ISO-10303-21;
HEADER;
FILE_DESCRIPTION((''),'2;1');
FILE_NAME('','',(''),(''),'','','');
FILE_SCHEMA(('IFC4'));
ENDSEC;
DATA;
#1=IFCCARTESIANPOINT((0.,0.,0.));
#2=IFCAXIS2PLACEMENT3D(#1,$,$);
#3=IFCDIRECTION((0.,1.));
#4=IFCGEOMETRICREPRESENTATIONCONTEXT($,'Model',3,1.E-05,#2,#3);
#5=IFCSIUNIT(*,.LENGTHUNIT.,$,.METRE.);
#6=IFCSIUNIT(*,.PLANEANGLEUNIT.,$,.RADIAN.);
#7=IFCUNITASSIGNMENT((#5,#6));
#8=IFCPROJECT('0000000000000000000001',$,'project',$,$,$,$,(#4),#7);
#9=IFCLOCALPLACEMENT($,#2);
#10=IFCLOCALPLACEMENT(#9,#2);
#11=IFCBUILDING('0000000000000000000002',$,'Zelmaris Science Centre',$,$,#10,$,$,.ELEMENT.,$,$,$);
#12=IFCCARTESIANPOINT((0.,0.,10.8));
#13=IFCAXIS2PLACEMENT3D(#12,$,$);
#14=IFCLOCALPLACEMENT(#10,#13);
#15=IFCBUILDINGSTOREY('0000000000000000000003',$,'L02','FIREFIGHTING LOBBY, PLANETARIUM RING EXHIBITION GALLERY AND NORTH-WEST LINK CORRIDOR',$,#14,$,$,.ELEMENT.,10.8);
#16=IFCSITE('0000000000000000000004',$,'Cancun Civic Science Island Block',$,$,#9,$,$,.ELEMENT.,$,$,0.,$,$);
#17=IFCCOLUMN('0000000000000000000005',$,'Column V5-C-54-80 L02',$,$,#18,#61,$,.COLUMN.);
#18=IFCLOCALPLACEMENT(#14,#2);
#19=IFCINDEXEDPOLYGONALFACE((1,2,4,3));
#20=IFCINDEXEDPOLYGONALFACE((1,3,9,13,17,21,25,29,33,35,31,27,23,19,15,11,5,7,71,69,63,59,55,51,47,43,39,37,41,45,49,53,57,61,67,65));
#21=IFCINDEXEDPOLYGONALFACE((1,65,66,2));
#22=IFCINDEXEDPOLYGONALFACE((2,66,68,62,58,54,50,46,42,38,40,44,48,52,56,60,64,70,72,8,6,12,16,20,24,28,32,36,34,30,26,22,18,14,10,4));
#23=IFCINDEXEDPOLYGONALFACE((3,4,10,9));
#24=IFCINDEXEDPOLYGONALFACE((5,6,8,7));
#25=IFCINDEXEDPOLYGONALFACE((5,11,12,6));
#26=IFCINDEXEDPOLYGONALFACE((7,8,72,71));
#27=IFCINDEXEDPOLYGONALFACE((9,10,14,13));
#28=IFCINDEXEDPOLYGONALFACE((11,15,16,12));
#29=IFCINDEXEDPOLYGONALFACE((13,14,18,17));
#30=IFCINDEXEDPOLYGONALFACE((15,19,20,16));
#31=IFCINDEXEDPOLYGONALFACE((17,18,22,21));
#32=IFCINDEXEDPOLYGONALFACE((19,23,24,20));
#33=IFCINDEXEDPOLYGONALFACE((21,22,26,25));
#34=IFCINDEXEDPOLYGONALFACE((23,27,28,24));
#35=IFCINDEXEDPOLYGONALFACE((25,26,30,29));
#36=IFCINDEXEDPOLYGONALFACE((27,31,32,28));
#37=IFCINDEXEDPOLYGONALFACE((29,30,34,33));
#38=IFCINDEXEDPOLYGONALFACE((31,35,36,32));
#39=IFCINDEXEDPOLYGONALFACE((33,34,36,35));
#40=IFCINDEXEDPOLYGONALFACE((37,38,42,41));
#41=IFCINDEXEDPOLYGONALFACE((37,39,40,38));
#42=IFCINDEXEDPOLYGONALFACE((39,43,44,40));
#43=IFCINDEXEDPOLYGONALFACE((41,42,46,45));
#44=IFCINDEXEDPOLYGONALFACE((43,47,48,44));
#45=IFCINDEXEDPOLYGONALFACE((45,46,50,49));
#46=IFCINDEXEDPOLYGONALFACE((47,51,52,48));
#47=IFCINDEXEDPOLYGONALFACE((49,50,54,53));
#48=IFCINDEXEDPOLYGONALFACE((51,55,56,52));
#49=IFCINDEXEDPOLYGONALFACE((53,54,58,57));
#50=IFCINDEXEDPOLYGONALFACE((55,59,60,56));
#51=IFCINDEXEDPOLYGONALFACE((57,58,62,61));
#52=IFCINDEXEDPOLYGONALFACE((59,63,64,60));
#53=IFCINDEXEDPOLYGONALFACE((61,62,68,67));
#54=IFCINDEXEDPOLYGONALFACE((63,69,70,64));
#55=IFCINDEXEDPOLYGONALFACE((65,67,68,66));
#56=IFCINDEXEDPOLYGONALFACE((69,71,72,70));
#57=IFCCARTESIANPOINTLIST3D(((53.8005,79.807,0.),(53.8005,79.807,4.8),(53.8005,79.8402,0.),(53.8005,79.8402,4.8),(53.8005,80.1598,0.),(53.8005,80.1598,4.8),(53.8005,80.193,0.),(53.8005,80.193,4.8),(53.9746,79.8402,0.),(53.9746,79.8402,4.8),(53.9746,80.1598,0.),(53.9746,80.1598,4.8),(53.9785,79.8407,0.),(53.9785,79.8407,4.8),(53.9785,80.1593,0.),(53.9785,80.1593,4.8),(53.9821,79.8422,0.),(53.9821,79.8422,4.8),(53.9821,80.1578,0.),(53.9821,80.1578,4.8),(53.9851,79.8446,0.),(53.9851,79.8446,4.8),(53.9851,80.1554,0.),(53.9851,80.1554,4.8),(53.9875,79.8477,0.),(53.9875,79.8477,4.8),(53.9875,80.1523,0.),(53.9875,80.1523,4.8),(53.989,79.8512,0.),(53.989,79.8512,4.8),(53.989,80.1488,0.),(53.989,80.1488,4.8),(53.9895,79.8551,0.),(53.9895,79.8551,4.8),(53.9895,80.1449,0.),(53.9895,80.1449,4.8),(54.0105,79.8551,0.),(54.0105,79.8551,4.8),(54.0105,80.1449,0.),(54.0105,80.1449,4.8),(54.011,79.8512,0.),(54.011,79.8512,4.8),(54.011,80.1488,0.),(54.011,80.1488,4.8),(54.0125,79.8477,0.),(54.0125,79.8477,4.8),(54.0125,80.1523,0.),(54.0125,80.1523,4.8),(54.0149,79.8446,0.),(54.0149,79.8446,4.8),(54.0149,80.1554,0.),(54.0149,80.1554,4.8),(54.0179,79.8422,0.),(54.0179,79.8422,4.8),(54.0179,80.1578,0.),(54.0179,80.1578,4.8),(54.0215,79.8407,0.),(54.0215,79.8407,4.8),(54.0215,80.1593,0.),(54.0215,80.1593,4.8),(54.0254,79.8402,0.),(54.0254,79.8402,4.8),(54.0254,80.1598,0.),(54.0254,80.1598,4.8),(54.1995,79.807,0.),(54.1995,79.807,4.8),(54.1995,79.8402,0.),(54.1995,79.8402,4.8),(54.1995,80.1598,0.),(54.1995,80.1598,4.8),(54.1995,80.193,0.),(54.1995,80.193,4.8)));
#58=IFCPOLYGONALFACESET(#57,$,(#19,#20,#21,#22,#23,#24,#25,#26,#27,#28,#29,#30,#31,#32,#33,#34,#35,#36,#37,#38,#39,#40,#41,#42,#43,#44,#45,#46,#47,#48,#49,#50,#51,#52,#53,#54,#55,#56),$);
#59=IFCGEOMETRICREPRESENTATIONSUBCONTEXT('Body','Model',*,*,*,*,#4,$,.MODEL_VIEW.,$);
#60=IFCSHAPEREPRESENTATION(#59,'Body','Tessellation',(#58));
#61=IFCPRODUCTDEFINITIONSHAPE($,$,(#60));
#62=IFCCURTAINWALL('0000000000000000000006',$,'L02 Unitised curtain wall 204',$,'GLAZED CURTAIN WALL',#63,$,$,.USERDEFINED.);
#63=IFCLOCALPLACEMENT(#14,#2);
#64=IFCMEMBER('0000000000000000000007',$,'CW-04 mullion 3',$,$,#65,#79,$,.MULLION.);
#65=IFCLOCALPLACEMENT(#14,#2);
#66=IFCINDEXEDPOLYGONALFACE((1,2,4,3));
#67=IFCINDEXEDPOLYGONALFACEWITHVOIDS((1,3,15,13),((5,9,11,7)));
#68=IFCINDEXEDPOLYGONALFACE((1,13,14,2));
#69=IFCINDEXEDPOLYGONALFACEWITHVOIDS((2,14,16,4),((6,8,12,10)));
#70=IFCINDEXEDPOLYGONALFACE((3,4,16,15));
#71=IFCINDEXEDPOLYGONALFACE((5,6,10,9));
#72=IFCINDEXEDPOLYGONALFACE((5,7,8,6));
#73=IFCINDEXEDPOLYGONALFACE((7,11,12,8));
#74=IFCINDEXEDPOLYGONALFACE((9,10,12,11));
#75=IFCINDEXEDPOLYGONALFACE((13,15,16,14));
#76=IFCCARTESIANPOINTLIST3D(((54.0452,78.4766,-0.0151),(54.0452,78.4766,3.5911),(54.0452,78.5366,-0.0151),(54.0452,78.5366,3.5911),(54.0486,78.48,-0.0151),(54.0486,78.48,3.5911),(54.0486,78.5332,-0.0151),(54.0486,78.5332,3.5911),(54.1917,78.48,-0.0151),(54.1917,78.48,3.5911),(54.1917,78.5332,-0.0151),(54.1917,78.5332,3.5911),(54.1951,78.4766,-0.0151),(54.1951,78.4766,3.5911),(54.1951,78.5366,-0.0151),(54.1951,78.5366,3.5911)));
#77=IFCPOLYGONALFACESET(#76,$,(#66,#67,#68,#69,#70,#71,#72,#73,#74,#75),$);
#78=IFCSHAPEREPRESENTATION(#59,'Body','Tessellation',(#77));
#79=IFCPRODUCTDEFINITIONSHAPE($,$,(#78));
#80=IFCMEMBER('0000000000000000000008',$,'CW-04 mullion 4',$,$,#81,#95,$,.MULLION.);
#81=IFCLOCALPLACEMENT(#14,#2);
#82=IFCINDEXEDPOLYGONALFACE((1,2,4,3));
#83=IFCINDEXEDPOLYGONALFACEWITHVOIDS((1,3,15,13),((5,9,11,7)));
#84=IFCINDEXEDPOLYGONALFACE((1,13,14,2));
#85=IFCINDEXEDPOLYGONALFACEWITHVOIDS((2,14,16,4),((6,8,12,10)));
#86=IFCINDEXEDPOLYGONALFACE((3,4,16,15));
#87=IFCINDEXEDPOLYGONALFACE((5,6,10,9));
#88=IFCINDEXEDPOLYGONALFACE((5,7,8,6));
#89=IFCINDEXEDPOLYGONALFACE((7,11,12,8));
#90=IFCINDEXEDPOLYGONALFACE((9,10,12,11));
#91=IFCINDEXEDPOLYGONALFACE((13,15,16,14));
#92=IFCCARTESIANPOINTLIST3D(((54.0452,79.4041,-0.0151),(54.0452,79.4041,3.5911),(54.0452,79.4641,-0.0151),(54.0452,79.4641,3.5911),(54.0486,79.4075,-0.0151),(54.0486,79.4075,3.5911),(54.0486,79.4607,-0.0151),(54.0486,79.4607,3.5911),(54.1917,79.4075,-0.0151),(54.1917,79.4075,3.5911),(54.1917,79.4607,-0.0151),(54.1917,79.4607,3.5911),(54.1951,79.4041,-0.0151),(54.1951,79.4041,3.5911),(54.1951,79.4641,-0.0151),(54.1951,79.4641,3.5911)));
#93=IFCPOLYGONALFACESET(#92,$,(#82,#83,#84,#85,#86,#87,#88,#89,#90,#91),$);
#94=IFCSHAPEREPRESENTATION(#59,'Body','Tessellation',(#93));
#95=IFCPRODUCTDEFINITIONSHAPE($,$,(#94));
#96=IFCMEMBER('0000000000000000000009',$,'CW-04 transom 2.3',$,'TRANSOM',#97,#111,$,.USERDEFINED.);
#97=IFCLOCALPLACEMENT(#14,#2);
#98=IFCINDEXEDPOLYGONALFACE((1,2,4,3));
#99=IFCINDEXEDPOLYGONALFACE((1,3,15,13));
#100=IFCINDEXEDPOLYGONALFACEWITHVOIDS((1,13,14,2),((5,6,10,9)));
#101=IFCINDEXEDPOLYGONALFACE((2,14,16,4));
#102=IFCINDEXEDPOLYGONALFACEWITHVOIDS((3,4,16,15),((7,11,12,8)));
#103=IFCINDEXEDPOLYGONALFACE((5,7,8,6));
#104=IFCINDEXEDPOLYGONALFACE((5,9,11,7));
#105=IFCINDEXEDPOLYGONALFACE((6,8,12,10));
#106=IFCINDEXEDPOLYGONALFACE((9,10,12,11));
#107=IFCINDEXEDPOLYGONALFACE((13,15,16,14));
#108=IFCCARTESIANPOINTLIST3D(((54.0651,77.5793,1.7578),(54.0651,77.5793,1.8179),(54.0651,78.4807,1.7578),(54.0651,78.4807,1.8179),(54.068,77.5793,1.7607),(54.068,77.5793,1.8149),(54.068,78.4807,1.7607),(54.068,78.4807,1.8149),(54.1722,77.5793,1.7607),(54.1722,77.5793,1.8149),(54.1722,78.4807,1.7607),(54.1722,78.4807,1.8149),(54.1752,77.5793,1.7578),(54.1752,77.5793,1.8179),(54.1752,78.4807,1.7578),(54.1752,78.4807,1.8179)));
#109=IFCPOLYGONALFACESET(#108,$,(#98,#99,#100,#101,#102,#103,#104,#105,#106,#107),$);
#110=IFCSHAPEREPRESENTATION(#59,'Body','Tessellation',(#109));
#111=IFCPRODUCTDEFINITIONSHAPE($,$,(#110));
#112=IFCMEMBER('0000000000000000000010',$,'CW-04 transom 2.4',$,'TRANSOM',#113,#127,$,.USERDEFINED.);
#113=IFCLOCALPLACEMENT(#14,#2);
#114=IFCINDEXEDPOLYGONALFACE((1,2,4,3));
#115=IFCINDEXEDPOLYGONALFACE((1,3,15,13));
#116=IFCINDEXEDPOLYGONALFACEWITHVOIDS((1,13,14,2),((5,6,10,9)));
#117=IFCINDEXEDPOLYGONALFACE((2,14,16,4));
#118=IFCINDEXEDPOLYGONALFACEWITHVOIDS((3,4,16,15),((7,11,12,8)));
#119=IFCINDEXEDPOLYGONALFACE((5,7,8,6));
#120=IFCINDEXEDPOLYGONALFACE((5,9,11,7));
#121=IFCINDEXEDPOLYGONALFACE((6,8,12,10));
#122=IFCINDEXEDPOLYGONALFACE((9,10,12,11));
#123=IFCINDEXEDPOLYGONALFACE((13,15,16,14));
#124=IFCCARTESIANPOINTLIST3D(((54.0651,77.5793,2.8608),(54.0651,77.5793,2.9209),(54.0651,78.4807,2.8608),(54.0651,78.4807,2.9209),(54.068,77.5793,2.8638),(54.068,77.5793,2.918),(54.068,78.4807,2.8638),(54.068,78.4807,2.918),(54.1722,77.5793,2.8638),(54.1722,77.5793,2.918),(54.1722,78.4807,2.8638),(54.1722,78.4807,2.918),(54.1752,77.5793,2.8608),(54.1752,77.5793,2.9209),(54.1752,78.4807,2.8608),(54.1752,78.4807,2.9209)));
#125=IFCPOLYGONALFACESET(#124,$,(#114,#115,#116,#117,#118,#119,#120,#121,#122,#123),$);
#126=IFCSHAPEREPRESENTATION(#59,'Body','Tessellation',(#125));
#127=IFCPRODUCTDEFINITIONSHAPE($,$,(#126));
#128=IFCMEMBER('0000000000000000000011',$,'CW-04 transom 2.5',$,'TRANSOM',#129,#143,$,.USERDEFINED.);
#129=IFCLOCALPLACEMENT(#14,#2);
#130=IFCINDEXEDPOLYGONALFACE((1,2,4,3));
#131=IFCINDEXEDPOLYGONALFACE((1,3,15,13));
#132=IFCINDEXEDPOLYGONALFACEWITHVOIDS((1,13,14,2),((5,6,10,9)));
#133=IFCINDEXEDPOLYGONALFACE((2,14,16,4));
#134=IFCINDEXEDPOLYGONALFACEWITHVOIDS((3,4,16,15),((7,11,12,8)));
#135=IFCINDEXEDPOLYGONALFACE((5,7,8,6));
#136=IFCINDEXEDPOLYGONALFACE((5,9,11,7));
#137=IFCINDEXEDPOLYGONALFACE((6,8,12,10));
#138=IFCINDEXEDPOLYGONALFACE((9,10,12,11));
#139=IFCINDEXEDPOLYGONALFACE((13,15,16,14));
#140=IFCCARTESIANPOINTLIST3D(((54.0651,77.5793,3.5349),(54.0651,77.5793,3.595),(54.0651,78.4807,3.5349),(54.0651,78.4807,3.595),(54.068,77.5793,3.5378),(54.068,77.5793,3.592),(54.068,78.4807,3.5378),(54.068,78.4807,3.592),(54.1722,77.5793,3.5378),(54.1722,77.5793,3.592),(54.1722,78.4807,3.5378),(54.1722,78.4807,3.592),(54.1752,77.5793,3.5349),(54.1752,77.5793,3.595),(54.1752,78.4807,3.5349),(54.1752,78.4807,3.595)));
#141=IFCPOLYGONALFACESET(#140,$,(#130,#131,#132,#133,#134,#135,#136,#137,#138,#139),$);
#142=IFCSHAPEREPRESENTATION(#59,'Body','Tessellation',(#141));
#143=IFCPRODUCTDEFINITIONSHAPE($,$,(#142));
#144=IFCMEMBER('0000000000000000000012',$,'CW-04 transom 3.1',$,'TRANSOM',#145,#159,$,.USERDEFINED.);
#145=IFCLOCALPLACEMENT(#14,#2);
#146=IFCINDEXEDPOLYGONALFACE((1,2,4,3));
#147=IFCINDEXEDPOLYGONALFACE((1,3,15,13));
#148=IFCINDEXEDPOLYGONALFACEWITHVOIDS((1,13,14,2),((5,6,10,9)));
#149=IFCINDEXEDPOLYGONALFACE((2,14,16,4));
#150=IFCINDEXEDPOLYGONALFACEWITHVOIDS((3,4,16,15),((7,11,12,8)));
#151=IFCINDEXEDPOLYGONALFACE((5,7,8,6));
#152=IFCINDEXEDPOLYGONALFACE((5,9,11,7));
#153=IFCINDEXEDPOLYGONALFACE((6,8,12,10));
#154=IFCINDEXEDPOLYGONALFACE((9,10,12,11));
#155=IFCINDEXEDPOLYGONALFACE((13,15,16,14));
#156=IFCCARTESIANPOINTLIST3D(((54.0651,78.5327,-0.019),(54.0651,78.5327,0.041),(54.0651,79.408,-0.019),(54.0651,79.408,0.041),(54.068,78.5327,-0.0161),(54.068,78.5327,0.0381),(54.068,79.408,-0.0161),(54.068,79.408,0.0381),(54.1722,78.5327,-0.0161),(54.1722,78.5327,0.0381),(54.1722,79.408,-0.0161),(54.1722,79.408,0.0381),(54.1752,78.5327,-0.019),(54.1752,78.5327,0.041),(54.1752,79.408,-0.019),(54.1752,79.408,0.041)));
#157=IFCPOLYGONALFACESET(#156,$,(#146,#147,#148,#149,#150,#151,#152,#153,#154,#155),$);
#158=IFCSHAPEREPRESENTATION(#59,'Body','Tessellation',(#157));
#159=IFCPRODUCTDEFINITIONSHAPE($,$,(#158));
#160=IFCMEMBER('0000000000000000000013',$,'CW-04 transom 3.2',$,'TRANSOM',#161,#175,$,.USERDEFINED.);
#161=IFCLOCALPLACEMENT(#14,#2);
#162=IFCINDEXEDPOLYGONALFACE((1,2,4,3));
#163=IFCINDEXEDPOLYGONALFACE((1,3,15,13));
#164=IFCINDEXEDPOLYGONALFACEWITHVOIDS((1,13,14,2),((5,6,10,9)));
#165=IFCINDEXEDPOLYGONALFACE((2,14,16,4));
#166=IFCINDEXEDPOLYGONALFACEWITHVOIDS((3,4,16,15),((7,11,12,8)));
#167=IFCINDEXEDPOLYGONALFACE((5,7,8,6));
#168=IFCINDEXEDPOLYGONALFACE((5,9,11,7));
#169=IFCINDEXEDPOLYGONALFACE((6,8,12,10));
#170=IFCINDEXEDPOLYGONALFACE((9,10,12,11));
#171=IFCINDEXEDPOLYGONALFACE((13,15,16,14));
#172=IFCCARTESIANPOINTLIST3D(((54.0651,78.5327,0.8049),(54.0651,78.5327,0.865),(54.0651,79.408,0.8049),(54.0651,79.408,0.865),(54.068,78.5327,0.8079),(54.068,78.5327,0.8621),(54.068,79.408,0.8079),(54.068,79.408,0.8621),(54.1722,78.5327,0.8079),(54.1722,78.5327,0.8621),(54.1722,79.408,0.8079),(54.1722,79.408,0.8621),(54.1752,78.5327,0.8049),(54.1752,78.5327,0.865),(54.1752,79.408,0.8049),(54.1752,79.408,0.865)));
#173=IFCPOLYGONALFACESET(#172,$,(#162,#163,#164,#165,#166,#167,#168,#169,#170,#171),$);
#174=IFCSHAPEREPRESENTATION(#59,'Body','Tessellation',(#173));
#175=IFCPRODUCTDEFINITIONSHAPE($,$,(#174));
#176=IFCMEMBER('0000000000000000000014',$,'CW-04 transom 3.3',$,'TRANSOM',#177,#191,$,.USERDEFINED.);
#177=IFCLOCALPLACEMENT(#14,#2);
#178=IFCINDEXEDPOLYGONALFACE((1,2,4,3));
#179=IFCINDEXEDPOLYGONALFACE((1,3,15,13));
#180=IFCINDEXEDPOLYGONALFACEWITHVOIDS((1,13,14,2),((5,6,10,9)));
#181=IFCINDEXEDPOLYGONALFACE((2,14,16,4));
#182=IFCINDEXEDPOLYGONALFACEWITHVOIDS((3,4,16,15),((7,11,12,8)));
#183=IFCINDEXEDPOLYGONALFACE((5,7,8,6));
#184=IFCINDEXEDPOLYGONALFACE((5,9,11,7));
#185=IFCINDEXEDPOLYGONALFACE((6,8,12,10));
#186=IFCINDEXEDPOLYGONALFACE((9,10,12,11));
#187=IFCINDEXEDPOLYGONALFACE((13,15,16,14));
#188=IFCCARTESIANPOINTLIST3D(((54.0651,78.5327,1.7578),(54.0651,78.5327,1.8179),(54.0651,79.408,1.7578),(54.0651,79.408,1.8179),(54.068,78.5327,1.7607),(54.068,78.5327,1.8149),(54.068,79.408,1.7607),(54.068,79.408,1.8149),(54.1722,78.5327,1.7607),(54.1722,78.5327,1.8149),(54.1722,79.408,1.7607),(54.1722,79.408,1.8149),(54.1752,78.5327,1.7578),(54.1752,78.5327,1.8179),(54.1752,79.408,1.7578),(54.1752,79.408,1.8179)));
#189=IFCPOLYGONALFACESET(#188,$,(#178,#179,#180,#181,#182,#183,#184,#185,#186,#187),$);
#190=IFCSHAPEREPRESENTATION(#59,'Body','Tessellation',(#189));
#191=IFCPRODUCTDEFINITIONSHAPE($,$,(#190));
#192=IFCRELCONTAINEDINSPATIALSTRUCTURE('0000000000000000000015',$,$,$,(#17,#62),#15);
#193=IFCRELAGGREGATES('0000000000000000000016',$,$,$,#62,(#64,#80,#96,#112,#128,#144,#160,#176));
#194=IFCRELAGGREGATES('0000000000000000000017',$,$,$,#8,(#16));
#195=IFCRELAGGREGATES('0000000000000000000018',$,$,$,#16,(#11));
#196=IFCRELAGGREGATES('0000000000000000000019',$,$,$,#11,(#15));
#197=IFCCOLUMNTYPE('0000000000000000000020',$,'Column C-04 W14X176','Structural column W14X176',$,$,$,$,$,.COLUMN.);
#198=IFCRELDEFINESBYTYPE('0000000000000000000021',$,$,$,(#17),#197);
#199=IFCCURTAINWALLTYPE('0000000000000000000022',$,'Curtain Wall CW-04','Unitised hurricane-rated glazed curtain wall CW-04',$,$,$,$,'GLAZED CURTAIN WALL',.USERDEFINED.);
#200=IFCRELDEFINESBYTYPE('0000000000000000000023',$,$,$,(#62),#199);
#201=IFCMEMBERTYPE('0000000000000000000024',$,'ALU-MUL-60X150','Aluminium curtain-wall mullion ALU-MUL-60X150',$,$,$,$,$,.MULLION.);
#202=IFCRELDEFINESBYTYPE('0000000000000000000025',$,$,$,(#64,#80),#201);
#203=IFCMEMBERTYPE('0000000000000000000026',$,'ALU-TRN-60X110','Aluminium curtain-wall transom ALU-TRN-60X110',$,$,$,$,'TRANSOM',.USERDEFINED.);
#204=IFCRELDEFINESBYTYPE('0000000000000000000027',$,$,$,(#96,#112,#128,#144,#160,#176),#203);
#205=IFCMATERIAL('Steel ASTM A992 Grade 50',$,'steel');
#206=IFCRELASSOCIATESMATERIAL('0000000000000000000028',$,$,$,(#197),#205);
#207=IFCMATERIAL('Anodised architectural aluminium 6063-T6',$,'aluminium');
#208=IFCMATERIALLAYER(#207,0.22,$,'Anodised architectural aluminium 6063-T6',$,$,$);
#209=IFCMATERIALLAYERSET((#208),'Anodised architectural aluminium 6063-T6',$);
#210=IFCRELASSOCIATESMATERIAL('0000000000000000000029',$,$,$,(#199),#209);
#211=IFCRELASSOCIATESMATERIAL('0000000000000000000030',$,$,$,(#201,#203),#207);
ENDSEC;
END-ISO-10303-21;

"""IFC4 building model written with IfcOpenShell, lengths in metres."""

from ifc_helpers import new_model, si_unit, direction, frame, origin, origin_2d, place, context, subcontext, project, spatial, hollow_rectangle, i_section, extrude, material, layer, layer_set, material_profile, profile_set, type_object, element, aggregate, save


model = new_model("IFC4")

# Units and contexts
model_context = context("Model", 3, precision=1e-05, world=origin(), true_north=direction((0.0, 1.0)))
body_context = subcontext(model_context, "Body", "Model", "MODEL_VIEW")
ifc_project = project(units=[si_unit("LENGTHUNIT", "METRE"), si_unit("PLANEANGLEUNIT", "RADIAN")], contexts=[model_context])

# Site, building, storey
site_placement = place(None, origin())
site = spatial("IfcSite", under=ifc_project, at=site_placement, Name="Cancun Civic Science Island Block", CompositionType="ELEMENT", RefElevation=0.0)
building_placement = place(site_placement, origin())
building = spatial("IfcBuilding", under=site, at=building_placement, Name="Zelmaris Science Centre", CompositionType="ELEMENT")
storey_placement = place(building_placement, frame((0.0, 0.0, 10.8)))
storey = spatial("IfcBuildingStorey", under=building, at=storey_placement, Name="L02", Description="FIREFIGHTING LOBBY, PLANETARIUM RING EXHIBITION GALLERY AND NORTH-WEST LINK CORRIDOR", CompositionType="ELEMENT", Elevation=10.8)

# Column
ifc_material_1 = material(Name="Steel ASTM A992 Grade 50", Category="steel")
ifc_material_profile_1 = material_profile(ifc_material_1, i_section(OverallWidth=0.3989, OverallDepth=0.386, WebThickness=0.021, FlangeThickness=0.0332, FilletRadius=0.0149, at=origin_2d()), Name="W14X176")
ifc_profile_set_1 = profile_set([ifc_material_profile_1], Name="Steel ASTM A992 Grade 50")
column_type = type_object("IfcColumnType", Name="Column C-04 W14X176", Description="Structural column W14X176", PredefinedType="COLUMN", material=ifc_profile_set_1)
column_placement = place(storey_placement, frame((54.0, 80.0, 0.0), z_axis=(0.0, 0.0, 1.0), x_axis=(1.0, 0.0, 0.0)))
element("IfcColumn", 1, at=column_placement, inside=storey, type_object=column_type, Name="Column V5-C-54-80 L02", PredefinedType="COLUMN", context=body_context, shape_type="SweptSolid", body=[
    extrude(i_section(OverallWidth=0.3989, OverallDepth=0.386, WebThickness=0.021, FlangeThickness=0.0332, FilletRadius=0.0149, at=origin_2d()), origin(), (0.0, 0.0, 1.0), 4.8),
])

# Curtain wall, members
ifc_material_2 = material(Name="Anodised architectural aluminium 6063-T6", Category="aluminium")
ifc_layer_1 = layer(ifc_material_2, 0.22, Name="Anodised architectural aluminium 6063-T6")
ifc_layer_set_1 = layer_set([ifc_layer_1], Name="Anodised architectural aluminium 6063-T6")
curtain_wall_type = type_object("IfcCurtainWallType", Name="Curtain Wall CW-04", Description="Unitised hurricane-rated glazed curtain wall CW-04", ElementType="GLAZED CURTAIN WALL", PredefinedType="USERDEFINED", material=ifc_layer_set_1)
curtain_wall_placement = place(storey_placement, origin())
curtain_wall = element("IfcCurtainWall", 2, at=curtain_wall_placement, inside=storey, type_object=curtain_wall_type, Name="L02 Unitised curtain wall 204", ObjectType="GLAZED CURTAIN WALL", PredefinedType="USERDEFINED")
ifc_material_profile_2 = material_profile(ifc_material_2, hollow_rectangle(XDim=0.0601, YDim=0.1499, WallThickness=0.0034, at=origin_2d()), Name="ALU-MUL-60X150")
ifc_profile_set_2 = profile_set([ifc_material_profile_2], Name="Anodised architectural aluminium 6063-T6")
member_type_1 = type_object("IfcMemberType", Name="ALU-MUL-60X150", Description="Aluminium curtain-wall mullion ALU-MUL-60X150", PredefinedType="MULLION", material=ifc_profile_set_2)
member_1_placement = place(storey_placement, frame((54.1201, 78.5066, -0.0151), z_axis=(0.0, 0.0, 1.0), x_axis=(0.000007, 1.0, 0.0)))
member_1 = element("IfcMember", 3, at=member_1_placement, type_object=member_type_1, Name="CW-04 mullion 3", PredefinedType="MULLION", context=body_context, shape_type="SweptSolid", body=[
    extrude(hollow_rectangle(XDim=0.0601, YDim=0.1499, WallThickness=0.0034, at=origin_2d()), origin(), (0.0, 0.0, 1.0), 3.6062),
])
member_2_placement = place(storey_placement, frame((54.1201, 79.4341, -0.0151), z_axis=(0.0, 0.0, 1.0), x_axis=(0.000007, 1.0, 0.0)))
member_2 = element("IfcMember", 4, at=member_2_placement, type_object=member_type_1, Name="CW-04 mullion 4", PredefinedType="MULLION", context=body_context, shape_type="SweptSolid", body=[
    extrude(hollow_rectangle(XDim=0.0601, YDim=0.1499, WallThickness=0.0034, at=origin_2d()), origin(), (0.0, 0.0, 1.0), 3.6062),
])
ifc_material_profile_3 = material_profile(ifc_material_2, hollow_rectangle(XDim=0.0601, YDim=0.1101, WallThickness=0.0029, at=origin_2d()), Name="ALU-TRN-60X110")
ifc_profile_set_3 = profile_set([ifc_material_profile_3], Name="Anodised architectural aluminium 6063-T6")
member_type_2 = type_object("IfcMemberType", Name="ALU-TRN-60X110", Description="Aluminium curtain-wall transom ALU-TRN-60X110", ElementType="TRANSOM", PredefinedType="USERDEFINED", material=ifc_profile_set_3)
member_3_placement = place(storey_placement, frame((54.1201, 77.5793, 1.7878), z_axis=(0.0, 1.0, 0.0), x_axis=(0.0, 0.0, 1.0)))
member_3 = element("IfcMember", 5, at=member_3_placement, type_object=member_type_2, Name="CW-04 transom 2.3", ObjectType="TRANSOM", PredefinedType="USERDEFINED", context=body_context, shape_type="SweptSolid", body=[
    extrude(hollow_rectangle(XDim=0.0601, YDim=0.1101, WallThickness=0.0029, at=origin_2d()), origin(), (0.0, 0.0, 1.0), 0.9014),
])
member_4_placement = place(storey_placement, frame((54.1201, 77.5793, 2.8909), z_axis=(0.0, 1.0, 0.0), x_axis=(0.0, 0.0, 1.0)))
member_4 = element("IfcMember", 6, at=member_4_placement, type_object=member_type_2, Name="CW-04 transom 2.4", ObjectType="TRANSOM", PredefinedType="USERDEFINED", context=body_context, shape_type="SweptSolid", body=[
    extrude(hollow_rectangle(XDim=0.0601, YDim=0.1101, WallThickness=0.0029, at=origin_2d()), origin(), (0.0, 0.0, 1.0), 0.9014),
])
member_5_placement = place(storey_placement, frame((54.1201, 77.5793, 3.5649), z_axis=(0.0, 1.0, 0.0), x_axis=(0.0, 0.0, 1.0)))
member_5 = element("IfcMember", 7, at=member_5_placement, type_object=member_type_2, Name="CW-04 transom 2.5", ObjectType="TRANSOM", PredefinedType="USERDEFINED", context=body_context, shape_type="SweptSolid", body=[
    extrude(hollow_rectangle(XDim=0.0601, YDim=0.1101, WallThickness=0.0029, at=origin_2d()), origin(), (0.0, 0.0, 1.0), 0.9014),
])
member_6_placement = place(storey_placement, frame((54.1201, 78.5327, 0.011), z_axis=(0.0, 1.0, 0.0), x_axis=(0.0, 0.0, 1.0)))
member_6 = element("IfcMember", 8, at=member_6_placement, type_object=member_type_2, Name="CW-04 transom 3.1", ObjectType="TRANSOM", PredefinedType="USERDEFINED", context=body_context, shape_type="SweptSolid", body=[
    extrude(hollow_rectangle(XDim=0.0601, YDim=0.1101, WallThickness=0.0029, at=origin_2d()), origin(), (0.0, 0.0, 1.0), 0.8752),
])
member_7_placement = place(storey_placement, frame((54.1201, 78.5327, 0.835), z_axis=(0.0, 1.0, 0.0), x_axis=(0.0, 0.0, 1.0)))
member_7 = element("IfcMember", 9, at=member_7_placement, type_object=member_type_2, Name="CW-04 transom 3.2", ObjectType="TRANSOM", PredefinedType="USERDEFINED", context=body_context, shape_type="SweptSolid", body=[
    extrude(hollow_rectangle(XDim=0.0601, YDim=0.1101, WallThickness=0.0029, at=origin_2d()), origin(), (0.0, 0.0, 1.0), 0.8752),
])
member_8_placement = place(storey_placement, frame((54.1201, 78.5327, 1.7878), z_axis=(0.0, 1.0, 0.0), x_axis=(0.0, 0.0, 1.0)))
member_8 = element("IfcMember", 10, at=member_8_placement, type_object=member_type_2, Name="CW-04 transom 3.3", ObjectType="TRANSOM", PredefinedType="USERDEFINED", context=body_context, shape_type="SweptSolid", body=[
    extrude(hollow_rectangle(XDim=0.0601, YDim=0.1101, WallThickness=0.0029, at=origin_2d()), origin(), (0.0, 0.0, 1.0), 0.8752),
])

aggregate(curtain_wall, [member_1, member_2, member_3, member_4, member_5, member_6, member_7, member_8])

save(model, "model.ifc")
